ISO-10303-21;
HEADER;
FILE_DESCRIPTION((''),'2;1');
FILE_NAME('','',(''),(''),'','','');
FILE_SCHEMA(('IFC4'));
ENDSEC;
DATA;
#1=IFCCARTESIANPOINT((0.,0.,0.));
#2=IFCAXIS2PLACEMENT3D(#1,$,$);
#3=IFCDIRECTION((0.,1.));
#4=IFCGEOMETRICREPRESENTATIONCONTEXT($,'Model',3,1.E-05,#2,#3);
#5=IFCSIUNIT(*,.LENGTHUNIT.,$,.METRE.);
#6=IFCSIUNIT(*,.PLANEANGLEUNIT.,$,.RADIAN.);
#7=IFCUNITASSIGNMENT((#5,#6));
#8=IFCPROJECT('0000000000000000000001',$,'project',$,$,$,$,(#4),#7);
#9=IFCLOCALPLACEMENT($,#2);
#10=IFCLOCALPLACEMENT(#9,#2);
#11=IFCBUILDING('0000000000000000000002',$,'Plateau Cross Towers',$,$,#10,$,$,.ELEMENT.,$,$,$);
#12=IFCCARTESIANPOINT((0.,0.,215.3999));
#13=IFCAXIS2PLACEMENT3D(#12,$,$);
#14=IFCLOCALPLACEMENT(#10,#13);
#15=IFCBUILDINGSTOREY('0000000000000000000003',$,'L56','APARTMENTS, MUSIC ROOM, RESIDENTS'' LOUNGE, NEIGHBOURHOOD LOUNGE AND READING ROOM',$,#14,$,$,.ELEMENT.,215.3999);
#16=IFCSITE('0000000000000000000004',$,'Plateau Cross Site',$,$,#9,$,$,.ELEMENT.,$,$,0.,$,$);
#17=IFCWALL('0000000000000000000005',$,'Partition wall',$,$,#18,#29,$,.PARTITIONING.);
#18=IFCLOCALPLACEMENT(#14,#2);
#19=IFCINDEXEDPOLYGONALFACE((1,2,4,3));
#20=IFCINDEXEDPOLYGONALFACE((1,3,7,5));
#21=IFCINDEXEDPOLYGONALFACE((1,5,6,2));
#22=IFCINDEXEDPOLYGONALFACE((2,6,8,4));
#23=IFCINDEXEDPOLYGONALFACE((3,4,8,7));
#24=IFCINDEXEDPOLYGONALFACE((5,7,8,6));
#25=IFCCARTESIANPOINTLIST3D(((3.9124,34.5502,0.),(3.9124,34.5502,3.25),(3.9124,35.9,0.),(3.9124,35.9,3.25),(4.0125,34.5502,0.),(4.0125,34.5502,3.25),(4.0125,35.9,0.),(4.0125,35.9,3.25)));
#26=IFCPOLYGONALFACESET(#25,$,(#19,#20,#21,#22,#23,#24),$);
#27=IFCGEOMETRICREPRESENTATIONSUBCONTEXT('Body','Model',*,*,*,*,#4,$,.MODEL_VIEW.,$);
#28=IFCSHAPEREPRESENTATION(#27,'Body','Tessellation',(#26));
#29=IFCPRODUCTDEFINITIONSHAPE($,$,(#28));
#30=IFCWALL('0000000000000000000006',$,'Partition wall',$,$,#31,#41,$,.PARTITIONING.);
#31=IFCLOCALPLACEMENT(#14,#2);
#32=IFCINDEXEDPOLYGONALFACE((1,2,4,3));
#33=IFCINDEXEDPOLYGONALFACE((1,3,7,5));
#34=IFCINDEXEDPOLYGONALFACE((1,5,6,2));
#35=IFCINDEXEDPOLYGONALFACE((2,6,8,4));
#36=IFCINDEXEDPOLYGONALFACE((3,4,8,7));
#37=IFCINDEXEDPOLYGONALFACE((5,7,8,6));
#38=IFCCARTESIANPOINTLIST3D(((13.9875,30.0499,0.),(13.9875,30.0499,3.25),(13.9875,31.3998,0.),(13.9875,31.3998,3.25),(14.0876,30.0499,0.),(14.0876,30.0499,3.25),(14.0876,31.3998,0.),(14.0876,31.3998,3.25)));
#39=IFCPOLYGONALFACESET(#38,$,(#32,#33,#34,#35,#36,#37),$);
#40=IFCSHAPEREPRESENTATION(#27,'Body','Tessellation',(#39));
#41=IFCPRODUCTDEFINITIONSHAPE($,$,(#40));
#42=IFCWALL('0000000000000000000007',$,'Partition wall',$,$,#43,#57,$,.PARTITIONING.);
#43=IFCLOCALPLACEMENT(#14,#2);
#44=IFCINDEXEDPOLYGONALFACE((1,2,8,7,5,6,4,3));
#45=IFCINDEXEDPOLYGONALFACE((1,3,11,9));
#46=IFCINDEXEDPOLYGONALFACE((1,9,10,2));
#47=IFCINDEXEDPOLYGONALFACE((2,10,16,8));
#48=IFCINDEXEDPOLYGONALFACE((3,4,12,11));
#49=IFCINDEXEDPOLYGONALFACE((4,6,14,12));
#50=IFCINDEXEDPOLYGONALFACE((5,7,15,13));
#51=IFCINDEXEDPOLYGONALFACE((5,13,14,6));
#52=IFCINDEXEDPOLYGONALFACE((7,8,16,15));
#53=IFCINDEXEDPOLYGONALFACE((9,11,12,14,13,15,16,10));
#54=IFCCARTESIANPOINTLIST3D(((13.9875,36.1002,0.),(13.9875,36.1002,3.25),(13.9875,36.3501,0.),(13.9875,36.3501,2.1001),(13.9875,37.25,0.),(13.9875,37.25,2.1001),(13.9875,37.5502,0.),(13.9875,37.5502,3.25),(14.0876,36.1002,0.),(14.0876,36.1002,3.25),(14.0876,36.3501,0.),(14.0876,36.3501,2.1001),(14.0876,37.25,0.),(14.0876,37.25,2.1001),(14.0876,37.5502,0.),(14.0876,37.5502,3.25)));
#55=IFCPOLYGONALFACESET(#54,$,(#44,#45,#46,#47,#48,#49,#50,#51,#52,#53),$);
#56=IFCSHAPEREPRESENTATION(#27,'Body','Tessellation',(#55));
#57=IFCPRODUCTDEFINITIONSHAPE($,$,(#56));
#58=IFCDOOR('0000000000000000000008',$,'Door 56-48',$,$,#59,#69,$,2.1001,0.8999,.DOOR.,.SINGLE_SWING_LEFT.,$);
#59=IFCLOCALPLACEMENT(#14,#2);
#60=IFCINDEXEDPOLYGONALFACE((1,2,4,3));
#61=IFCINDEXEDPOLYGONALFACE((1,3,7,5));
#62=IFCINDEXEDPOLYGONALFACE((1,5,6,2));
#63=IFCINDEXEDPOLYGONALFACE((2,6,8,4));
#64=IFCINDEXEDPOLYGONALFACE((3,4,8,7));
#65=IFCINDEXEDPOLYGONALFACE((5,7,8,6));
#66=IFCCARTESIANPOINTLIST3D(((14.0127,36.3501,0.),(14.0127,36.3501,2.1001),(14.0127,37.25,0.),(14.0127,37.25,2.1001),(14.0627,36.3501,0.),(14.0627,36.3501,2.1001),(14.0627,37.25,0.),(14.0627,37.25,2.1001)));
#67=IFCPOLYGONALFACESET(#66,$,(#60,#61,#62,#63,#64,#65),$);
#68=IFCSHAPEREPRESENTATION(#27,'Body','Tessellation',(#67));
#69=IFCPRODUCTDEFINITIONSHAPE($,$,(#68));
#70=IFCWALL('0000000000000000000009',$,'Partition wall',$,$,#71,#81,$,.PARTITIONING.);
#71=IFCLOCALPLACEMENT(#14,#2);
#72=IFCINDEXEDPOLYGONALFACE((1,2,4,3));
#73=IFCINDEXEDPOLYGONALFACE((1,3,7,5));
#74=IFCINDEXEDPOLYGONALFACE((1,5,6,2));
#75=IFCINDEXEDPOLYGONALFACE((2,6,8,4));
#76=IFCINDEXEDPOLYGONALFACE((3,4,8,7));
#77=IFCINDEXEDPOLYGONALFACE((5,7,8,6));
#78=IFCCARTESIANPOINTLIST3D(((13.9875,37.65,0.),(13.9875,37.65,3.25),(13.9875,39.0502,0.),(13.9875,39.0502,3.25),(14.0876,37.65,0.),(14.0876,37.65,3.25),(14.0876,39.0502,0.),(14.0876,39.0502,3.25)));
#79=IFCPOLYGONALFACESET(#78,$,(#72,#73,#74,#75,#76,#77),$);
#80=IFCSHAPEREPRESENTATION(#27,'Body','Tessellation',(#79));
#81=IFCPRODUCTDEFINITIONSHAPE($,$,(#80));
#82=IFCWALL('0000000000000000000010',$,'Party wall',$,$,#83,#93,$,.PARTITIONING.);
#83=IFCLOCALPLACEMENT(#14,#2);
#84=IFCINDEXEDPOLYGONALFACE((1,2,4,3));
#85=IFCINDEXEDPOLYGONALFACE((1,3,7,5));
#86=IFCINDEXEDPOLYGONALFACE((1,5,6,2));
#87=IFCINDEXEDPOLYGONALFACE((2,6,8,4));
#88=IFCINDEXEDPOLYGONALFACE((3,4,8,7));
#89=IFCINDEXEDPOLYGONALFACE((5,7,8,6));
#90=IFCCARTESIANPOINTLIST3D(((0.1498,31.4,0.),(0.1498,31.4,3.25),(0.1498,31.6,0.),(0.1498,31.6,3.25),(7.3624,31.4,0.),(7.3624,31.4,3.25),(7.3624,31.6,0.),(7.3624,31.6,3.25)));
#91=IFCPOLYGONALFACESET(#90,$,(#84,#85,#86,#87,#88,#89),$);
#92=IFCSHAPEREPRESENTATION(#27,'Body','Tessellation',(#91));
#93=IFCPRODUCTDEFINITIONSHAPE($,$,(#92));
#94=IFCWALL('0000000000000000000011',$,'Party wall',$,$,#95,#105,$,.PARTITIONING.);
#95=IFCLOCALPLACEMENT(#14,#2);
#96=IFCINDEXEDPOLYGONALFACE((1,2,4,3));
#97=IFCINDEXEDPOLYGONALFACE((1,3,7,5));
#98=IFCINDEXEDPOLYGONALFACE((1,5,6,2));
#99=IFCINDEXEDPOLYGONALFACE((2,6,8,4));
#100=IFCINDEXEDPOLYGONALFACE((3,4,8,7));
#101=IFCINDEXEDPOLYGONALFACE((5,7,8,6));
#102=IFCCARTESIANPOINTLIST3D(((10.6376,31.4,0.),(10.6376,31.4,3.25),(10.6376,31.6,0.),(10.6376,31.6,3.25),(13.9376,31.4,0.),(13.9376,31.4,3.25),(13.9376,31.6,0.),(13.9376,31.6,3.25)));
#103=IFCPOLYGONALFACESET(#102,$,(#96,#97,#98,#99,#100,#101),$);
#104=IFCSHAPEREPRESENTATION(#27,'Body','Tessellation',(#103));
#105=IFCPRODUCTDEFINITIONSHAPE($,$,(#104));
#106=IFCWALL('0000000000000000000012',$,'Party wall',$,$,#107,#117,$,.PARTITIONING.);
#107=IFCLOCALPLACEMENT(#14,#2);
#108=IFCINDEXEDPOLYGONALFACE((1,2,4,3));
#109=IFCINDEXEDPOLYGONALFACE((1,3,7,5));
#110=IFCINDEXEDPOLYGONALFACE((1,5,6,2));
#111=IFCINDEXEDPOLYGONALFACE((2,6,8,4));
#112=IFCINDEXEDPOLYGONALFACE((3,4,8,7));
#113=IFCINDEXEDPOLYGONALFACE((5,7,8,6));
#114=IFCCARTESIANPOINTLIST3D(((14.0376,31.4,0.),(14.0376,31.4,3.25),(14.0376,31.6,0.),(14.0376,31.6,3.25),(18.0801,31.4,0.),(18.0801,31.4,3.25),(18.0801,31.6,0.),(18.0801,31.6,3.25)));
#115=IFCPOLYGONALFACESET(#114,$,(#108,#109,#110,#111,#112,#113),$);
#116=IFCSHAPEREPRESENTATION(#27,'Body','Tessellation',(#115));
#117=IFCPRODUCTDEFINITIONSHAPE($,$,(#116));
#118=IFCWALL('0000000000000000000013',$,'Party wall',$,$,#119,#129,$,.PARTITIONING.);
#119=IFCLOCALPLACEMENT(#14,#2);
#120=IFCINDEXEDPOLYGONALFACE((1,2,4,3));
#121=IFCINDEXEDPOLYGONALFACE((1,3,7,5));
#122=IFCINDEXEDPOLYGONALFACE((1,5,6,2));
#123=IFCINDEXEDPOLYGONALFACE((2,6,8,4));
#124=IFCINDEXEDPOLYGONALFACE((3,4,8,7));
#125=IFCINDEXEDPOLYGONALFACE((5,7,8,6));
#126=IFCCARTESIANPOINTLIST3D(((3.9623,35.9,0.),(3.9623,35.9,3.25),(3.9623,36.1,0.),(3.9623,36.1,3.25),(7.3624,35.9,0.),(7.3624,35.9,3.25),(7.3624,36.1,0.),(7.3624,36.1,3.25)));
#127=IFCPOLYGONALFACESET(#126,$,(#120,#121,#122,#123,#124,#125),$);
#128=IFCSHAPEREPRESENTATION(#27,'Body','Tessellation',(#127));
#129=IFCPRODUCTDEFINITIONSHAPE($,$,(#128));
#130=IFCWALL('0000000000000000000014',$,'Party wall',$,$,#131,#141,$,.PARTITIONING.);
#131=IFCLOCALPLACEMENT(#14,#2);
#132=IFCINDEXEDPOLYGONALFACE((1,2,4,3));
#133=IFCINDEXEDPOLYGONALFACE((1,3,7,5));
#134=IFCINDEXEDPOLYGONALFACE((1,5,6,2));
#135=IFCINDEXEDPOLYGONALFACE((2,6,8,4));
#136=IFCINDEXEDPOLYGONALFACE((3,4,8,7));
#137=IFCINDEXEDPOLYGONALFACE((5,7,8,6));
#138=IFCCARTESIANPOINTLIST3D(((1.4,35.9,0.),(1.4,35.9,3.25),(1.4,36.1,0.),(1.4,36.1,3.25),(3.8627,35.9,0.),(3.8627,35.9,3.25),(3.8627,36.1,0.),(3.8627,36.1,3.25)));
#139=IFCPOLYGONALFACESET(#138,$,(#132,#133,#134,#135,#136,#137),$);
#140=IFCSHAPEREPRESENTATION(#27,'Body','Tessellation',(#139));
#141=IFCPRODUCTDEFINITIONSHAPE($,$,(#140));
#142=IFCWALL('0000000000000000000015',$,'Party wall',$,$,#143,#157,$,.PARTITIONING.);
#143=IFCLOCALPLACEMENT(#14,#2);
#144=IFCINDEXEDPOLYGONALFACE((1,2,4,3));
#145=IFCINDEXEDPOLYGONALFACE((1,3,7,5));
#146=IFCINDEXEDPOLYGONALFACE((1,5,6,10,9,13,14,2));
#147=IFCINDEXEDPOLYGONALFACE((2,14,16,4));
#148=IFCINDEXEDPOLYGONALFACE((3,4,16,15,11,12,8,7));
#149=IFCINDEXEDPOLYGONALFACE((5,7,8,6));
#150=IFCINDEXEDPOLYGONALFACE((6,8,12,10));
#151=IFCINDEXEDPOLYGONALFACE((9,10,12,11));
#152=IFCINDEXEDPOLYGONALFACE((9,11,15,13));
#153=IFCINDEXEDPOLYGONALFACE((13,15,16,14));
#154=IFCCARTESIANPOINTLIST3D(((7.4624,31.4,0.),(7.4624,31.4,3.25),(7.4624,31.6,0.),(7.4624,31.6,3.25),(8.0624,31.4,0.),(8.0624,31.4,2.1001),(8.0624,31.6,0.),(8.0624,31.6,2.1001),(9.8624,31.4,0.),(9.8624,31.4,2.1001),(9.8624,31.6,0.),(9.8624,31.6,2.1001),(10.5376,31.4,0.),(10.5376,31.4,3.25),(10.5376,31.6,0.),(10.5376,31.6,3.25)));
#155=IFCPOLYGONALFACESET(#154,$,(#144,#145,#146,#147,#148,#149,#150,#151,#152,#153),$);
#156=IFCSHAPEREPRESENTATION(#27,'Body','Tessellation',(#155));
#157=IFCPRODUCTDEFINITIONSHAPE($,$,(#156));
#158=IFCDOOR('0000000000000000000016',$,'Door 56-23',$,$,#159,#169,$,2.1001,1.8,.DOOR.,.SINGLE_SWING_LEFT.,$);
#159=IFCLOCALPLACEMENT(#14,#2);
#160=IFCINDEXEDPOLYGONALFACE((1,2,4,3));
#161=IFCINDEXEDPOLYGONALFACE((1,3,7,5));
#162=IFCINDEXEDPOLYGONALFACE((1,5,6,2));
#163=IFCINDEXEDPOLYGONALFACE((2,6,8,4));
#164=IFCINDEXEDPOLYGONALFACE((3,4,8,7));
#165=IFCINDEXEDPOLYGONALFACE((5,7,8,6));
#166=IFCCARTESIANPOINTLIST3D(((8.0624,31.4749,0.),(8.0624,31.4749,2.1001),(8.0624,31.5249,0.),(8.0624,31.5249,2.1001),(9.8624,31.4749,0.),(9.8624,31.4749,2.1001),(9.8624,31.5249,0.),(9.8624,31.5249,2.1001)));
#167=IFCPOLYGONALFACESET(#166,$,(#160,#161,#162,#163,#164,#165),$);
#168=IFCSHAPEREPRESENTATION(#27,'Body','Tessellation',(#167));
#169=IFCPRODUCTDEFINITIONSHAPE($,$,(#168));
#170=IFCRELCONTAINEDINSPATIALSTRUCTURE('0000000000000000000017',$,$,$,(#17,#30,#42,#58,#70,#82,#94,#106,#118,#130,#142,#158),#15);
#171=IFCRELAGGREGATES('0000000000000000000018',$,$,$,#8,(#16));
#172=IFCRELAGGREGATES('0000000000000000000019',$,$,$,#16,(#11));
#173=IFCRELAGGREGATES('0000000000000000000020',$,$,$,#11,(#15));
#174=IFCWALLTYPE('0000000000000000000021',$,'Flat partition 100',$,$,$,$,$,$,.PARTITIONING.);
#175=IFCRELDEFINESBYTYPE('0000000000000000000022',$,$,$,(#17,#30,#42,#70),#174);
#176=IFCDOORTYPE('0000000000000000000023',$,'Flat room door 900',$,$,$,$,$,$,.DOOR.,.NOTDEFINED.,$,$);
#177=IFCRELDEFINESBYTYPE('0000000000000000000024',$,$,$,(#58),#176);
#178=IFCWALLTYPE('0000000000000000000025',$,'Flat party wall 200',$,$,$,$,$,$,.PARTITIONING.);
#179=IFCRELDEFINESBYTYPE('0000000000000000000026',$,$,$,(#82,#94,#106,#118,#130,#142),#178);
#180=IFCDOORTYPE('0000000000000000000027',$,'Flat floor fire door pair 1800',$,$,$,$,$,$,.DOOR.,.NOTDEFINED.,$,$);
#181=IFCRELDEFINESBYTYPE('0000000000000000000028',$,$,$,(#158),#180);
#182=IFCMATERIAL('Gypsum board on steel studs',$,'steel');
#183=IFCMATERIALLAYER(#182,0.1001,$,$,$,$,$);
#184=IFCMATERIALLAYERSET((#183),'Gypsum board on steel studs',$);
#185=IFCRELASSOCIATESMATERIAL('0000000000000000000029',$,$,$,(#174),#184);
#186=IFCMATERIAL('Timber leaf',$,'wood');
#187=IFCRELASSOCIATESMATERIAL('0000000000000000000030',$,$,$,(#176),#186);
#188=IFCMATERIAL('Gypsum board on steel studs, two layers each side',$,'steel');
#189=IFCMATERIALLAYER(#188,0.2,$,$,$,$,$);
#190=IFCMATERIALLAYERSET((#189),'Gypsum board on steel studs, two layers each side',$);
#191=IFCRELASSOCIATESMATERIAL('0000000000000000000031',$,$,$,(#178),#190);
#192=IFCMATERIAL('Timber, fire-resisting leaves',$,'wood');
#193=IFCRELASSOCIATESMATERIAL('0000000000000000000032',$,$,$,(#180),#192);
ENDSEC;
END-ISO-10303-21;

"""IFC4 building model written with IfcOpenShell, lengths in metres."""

from ifc_helpers import new_model, si_unit, direction, frame, frame_2d, origin, place, context, subcontext, project, spatial, rectangle, extrude, material, layer, layer_set, type_object, element, fill, save


model = new_model("IFC4")

# Units and contexts
model_context = context("Model", 3, precision=1e-05, world=origin(), true_north=direction((0.0, 1.0)))
body_context = subcontext(model_context, "Body", "Model", "MODEL_VIEW")
ifc_project = project(units=[si_unit("LENGTHUNIT", "METRE"), si_unit("PLANEANGLEUNIT", "RADIAN")], contexts=[model_context])

# Site, building, storey
site_placement = place(None, origin())
site = spatial("IfcSite", under=ifc_project, at=site_placement, Name="Plateau Cross Site", CompositionType="ELEMENT", RefElevation=0.0)
building_placement = place(site_placement, origin())
building = spatial("IfcBuilding", under=site, at=building_placement, Name="Plateau Cross Towers", CompositionType="ELEMENT")
storey_placement = place(building_placement, frame((0.0, 0.0, 215.3999)))
storey = spatial("IfcBuildingStorey", under=building, at=storey_placement, Name="L56", Description="APARTMENTS, MUSIC ROOM, RESIDENTS' LOUNGE, NEIGHBOURHOOD LOUNGE AND READING ROOM", CompositionType="ELEMENT", Elevation=215.3999)

# Shared definitions
ifc_material_1 = material(Name="Gypsum board on steel studs", Category="steel")
ifc_layer_1 = layer(ifc_material_1, 0.1001)
ifc_layer_set_1 = layer_set([ifc_layer_1], Name="Gypsum board on steel studs")
wall_type_1 = type_object("IfcWallType", Name="Flat partition 100", PredefinedType="PARTITIONING", material=ifc_layer_set_1)
ifc_material_2 = material(Name="Timber leaf", Category="wood")
door_type_1 = type_object("IfcDoorType", Name="Flat room door 900", OperationType="NOTDEFINED", PredefinedType="DOOR", material=ifc_material_2)

# Walls
for number, where, z_axis, x_axis, name in (
    (1, (3.9624, 35.8999, 0.0), (0.0, 0.0, 1.0), (0.0, -1.0, 0.0), "Partition wall"),
    (2, (14.0376, 30.05, 0.0), (0.0, 0.0, 1.0), (0.0, 1.0, 0.0), "Partition wall"),
):
    element("IfcWall", number, at=place(storey_placement, frame(where, z_axis=z_axis, x_axis=x_axis)), inside=storey, type_object=wall_type_1, Name=name, PredefinedType="PARTITIONING", context=body_context, shape_type="SweptSolid", body=[
        extrude(rectangle(XDim=1.3499, YDim=0.1001, at=frame_2d((0.6748, 0.0))), origin(), (0.0, 0.0, 1.0), 3.25),
    ])

# Wall, opening, door
wall_1_placement = place(storey_placement, frame((14.0376, 36.1001, 0.0), z_axis=(0.0, 0.0, 1.0), x_axis=(0.0, 1.0, 0.0)))
wall_1 = element("IfcWall", 3, at=wall_1_placement, inside=storey, type_object=wall_type_1, Name="Partition wall", PredefinedType="PARTITIONING", context=body_context, shape_type="SweptSolid", body=[
    extrude(rectangle(XDim=1.45, YDim=0.1001, at=frame_2d((0.7251, 0.0))), origin(), (0.0, 0.0, 1.0), 3.25),
])
opening_1_placement = place(wall_1_placement, frame((0.25, 0.0, 0.0)))
opening_1 = element("IfcOpeningElement", 4, at=opening_1_placement, cuts=wall_1, PredefinedType="OPENING", context=body_context, shape_type="SweptSolid", body=[
    extrude(rectangle(XDim=0.8999, YDim=2.1001, at=frame_2d((0.45, 1.05))), frame((0.0, 0.0601, 0.0), z_axis=(0.0, -1.0, 0.0), x_axis=(1.0, 0.0, 0.0)), (0.0, 0.0, 1.0), 0.1201),
])
door_1_placement = place(opening_1_placement, origin())
door_1 = element("IfcDoor", 5, at=door_1_placement, inside=storey, type_object=door_type_1, Name="Door 56-48", OperationType="SINGLE_SWING_LEFT", OverallHeight=2.1001, OverallWidth=0.8999, PredefinedType="DOOR", context=body_context, shape_type="SweptSolid", body=[
    extrude(rectangle(XDim=0.8999, YDim=2.1001, at=frame_2d((0.45, 1.05))), frame((0.0, 0.0249, 0.0), z_axis=(0.0, -1.0, 0.0), x_axis=(1.0, 0.0, 0.0)), (0.0, 0.0, 1.0), 0.05),
])
fill(opening_1, door_1)

# Walls
wall_2_placement = place(storey_placement, frame((14.0376, 37.6499, 0.0), z_axis=(0.0, 0.0, 1.0), x_axis=(0.0, 1.0, 0.0)))
element("IfcWall", 6, at=wall_2_placement, inside=storey, type_object=wall_type_1, Name="Partition wall", PredefinedType="PARTITIONING", context=body_context, shape_type="SweptSolid", body=[
    extrude(rectangle(XDim=1.4001, YDim=0.1001, at=frame_2d((0.7002, 0.0))), origin(), (0.0, 0.0, 1.0), 3.25),
])
ifc_material_3 = material(Name="Gypsum board on steel studs, two layers each side", Category="steel")
ifc_layer_2 = layer(ifc_material_3, 0.2)
ifc_layer_set_2 = layer_set([ifc_layer_2], Name="Gypsum board on steel studs, two layers each side")
wall_type_2 = type_object("IfcWallType", Name="Flat party wall 200", PredefinedType="PARTITIONING", material=ifc_layer_set_2)
wall_3_placement = place(storey_placement, frame((7.3625, 31.5, 0.0), z_axis=(0.0, 0.0, 1.0), x_axis=(-1.0, 0.0, 0.0)))
element("IfcWall", 7, at=wall_3_placement, inside=storey, type_object=wall_type_2, Name="Party wall", PredefinedType="PARTITIONING", context=body_context, shape_type="SweptSolid", body=[
    extrude(rectangle(XDim=7.2126, YDim=0.2, at=frame_2d((3.6064, 0.0))), origin(), (0.0, 0.0, 1.0), 3.25),
])
wall_4_placement = place(storey_placement, frame((13.9375, 31.5, 0.0), z_axis=(0.0, 0.0, 1.0), x_axis=(-1.0, 0.0, 0.0)))
element("IfcWall", 8, at=wall_4_placement, inside=storey, type_object=wall_type_2, Name="Party wall", PredefinedType="PARTITIONING", context=body_context, shape_type="SweptSolid", body=[
    extrude(rectangle(XDim=3.3, YDim=0.2, at=frame_2d((1.6499, 0.0))), origin(), (0.0, 0.0, 1.0), 3.25),
])
wall_5_placement = place(storey_placement, frame((14.0376, 31.5, 0.0), z_axis=(0.0, 0.0, 1.0), x_axis=(1.0, 0.0, 0.0)))
element("IfcWall", 9, at=wall_5_placement, inside=storey, type_object=wall_type_2, Name="Party wall", PredefinedType="PARTITIONING", context=body_context, shape_type="SweptSolid", body=[
    extrude(rectangle(XDim=4.0425, YDim=0.2, at=frame_2d((2.0212, 0.0))), origin(), (0.0, 0.0, 1.0), 3.25),
])
wall_6_placement = place(storey_placement, frame((7.3625, 36.0, 0.0), z_axis=(0.0, 0.0, 1.0), x_axis=(-1.0, 0.0, 0.0)))
element("IfcWall", 10, at=wall_6_placement, inside=storey, type_object=wall_type_2, Name="Party wall", PredefinedType="PARTITIONING", context=body_context, shape_type="SweptSolid", body=[
    extrude(rectangle(XDim=3.4001, YDim=0.2, at=frame_2d((1.7002, 0.0))), origin(), (0.0, 0.0, 1.0), 3.25),
])
wall_7_placement = place(storey_placement, frame((1.3999, 36.0, 0.0), z_axis=(0.0, 0.0, 1.0), x_axis=(1.0, 0.0, 0.0)))
element("IfcWall", 11, at=wall_7_placement, inside=storey, type_object=wall_type_2, Name="Party wall", PredefinedType="PARTITIONING", context=body_context, shape_type="SweptSolid", body=[
    extrude(rectangle(XDim=2.4626, YDim=0.2, at=frame_2d((1.2314, 0.0))), origin(), (0.0, 0.0, 1.0), 3.25),
])

# Wall, opening, door
wall_8_placement = place(storey_placement, frame((7.4624, 31.5, 0.0), z_axis=(0.0, 0.0, 1.0), x_axis=(1.0, 0.0, 0.0)))
wall_8 = element("IfcWall", 12, at=wall_8_placement, inside=storey, type_object=wall_type_2, Name="Party wall", PredefinedType="PARTITIONING", context=body_context, shape_type="SweptSolid", body=[
    extrude(rectangle(XDim=3.0752, YDim=0.2, at=frame_2d((1.5376, 0.0))), origin(), (0.0, 0.0, 1.0), 3.25),
])
opening_2_placement = place(wall_8_placement, frame((0.6001, 0.0, 0.0)))
opening_2 = element("IfcOpeningElement", 13, at=opening_2_placement, cuts=wall_8, PredefinedType="OPENING", context=body_context, shape_type="SweptSolid", body=[
    extrude(rectangle(XDim=1.8, YDim=2.1001, at=frame_2d((0.8999, 1.05))), frame((0.0, 0.1099, 0.0), z_axis=(0.0, -1.0, 0.0), x_axis=(1.0, 0.0, 0.0)), (0.0, 0.0, 1.0), 0.22),
])
ifc_material_4 = material(Name="Timber, fire-resisting leaves", Category="wood")
door_type_2 = type_object("IfcDoorType", Name="Flat floor fire door pair 1800", OperationType="NOTDEFINED", PredefinedType="DOOR", material=ifc_material_4)
door_2_placement = place(opening_2_placement, origin())
door_2 = element("IfcDoor", 14, at=door_2_placement, inside=storey, type_object=door_type_2, Name="Door 56-23", OperationType="SINGLE_SWING_LEFT", OverallHeight=2.1001, OverallWidth=1.8, PredefinedType="DOOR", context=body_context, shape_type="SweptSolid", body=[
    extrude(rectangle(XDim=1.8, YDim=2.1001, at=frame_2d((0.8999, 1.05))), frame((0.0, 0.0249, 0.0), z_axis=(0.0, -1.0, 0.0), x_axis=(1.0, 0.0, 0.0)), (0.0, 0.0, 1.0), 0.05),
])
fill(opening_2, door_2)

save(model, "model.ifc")
